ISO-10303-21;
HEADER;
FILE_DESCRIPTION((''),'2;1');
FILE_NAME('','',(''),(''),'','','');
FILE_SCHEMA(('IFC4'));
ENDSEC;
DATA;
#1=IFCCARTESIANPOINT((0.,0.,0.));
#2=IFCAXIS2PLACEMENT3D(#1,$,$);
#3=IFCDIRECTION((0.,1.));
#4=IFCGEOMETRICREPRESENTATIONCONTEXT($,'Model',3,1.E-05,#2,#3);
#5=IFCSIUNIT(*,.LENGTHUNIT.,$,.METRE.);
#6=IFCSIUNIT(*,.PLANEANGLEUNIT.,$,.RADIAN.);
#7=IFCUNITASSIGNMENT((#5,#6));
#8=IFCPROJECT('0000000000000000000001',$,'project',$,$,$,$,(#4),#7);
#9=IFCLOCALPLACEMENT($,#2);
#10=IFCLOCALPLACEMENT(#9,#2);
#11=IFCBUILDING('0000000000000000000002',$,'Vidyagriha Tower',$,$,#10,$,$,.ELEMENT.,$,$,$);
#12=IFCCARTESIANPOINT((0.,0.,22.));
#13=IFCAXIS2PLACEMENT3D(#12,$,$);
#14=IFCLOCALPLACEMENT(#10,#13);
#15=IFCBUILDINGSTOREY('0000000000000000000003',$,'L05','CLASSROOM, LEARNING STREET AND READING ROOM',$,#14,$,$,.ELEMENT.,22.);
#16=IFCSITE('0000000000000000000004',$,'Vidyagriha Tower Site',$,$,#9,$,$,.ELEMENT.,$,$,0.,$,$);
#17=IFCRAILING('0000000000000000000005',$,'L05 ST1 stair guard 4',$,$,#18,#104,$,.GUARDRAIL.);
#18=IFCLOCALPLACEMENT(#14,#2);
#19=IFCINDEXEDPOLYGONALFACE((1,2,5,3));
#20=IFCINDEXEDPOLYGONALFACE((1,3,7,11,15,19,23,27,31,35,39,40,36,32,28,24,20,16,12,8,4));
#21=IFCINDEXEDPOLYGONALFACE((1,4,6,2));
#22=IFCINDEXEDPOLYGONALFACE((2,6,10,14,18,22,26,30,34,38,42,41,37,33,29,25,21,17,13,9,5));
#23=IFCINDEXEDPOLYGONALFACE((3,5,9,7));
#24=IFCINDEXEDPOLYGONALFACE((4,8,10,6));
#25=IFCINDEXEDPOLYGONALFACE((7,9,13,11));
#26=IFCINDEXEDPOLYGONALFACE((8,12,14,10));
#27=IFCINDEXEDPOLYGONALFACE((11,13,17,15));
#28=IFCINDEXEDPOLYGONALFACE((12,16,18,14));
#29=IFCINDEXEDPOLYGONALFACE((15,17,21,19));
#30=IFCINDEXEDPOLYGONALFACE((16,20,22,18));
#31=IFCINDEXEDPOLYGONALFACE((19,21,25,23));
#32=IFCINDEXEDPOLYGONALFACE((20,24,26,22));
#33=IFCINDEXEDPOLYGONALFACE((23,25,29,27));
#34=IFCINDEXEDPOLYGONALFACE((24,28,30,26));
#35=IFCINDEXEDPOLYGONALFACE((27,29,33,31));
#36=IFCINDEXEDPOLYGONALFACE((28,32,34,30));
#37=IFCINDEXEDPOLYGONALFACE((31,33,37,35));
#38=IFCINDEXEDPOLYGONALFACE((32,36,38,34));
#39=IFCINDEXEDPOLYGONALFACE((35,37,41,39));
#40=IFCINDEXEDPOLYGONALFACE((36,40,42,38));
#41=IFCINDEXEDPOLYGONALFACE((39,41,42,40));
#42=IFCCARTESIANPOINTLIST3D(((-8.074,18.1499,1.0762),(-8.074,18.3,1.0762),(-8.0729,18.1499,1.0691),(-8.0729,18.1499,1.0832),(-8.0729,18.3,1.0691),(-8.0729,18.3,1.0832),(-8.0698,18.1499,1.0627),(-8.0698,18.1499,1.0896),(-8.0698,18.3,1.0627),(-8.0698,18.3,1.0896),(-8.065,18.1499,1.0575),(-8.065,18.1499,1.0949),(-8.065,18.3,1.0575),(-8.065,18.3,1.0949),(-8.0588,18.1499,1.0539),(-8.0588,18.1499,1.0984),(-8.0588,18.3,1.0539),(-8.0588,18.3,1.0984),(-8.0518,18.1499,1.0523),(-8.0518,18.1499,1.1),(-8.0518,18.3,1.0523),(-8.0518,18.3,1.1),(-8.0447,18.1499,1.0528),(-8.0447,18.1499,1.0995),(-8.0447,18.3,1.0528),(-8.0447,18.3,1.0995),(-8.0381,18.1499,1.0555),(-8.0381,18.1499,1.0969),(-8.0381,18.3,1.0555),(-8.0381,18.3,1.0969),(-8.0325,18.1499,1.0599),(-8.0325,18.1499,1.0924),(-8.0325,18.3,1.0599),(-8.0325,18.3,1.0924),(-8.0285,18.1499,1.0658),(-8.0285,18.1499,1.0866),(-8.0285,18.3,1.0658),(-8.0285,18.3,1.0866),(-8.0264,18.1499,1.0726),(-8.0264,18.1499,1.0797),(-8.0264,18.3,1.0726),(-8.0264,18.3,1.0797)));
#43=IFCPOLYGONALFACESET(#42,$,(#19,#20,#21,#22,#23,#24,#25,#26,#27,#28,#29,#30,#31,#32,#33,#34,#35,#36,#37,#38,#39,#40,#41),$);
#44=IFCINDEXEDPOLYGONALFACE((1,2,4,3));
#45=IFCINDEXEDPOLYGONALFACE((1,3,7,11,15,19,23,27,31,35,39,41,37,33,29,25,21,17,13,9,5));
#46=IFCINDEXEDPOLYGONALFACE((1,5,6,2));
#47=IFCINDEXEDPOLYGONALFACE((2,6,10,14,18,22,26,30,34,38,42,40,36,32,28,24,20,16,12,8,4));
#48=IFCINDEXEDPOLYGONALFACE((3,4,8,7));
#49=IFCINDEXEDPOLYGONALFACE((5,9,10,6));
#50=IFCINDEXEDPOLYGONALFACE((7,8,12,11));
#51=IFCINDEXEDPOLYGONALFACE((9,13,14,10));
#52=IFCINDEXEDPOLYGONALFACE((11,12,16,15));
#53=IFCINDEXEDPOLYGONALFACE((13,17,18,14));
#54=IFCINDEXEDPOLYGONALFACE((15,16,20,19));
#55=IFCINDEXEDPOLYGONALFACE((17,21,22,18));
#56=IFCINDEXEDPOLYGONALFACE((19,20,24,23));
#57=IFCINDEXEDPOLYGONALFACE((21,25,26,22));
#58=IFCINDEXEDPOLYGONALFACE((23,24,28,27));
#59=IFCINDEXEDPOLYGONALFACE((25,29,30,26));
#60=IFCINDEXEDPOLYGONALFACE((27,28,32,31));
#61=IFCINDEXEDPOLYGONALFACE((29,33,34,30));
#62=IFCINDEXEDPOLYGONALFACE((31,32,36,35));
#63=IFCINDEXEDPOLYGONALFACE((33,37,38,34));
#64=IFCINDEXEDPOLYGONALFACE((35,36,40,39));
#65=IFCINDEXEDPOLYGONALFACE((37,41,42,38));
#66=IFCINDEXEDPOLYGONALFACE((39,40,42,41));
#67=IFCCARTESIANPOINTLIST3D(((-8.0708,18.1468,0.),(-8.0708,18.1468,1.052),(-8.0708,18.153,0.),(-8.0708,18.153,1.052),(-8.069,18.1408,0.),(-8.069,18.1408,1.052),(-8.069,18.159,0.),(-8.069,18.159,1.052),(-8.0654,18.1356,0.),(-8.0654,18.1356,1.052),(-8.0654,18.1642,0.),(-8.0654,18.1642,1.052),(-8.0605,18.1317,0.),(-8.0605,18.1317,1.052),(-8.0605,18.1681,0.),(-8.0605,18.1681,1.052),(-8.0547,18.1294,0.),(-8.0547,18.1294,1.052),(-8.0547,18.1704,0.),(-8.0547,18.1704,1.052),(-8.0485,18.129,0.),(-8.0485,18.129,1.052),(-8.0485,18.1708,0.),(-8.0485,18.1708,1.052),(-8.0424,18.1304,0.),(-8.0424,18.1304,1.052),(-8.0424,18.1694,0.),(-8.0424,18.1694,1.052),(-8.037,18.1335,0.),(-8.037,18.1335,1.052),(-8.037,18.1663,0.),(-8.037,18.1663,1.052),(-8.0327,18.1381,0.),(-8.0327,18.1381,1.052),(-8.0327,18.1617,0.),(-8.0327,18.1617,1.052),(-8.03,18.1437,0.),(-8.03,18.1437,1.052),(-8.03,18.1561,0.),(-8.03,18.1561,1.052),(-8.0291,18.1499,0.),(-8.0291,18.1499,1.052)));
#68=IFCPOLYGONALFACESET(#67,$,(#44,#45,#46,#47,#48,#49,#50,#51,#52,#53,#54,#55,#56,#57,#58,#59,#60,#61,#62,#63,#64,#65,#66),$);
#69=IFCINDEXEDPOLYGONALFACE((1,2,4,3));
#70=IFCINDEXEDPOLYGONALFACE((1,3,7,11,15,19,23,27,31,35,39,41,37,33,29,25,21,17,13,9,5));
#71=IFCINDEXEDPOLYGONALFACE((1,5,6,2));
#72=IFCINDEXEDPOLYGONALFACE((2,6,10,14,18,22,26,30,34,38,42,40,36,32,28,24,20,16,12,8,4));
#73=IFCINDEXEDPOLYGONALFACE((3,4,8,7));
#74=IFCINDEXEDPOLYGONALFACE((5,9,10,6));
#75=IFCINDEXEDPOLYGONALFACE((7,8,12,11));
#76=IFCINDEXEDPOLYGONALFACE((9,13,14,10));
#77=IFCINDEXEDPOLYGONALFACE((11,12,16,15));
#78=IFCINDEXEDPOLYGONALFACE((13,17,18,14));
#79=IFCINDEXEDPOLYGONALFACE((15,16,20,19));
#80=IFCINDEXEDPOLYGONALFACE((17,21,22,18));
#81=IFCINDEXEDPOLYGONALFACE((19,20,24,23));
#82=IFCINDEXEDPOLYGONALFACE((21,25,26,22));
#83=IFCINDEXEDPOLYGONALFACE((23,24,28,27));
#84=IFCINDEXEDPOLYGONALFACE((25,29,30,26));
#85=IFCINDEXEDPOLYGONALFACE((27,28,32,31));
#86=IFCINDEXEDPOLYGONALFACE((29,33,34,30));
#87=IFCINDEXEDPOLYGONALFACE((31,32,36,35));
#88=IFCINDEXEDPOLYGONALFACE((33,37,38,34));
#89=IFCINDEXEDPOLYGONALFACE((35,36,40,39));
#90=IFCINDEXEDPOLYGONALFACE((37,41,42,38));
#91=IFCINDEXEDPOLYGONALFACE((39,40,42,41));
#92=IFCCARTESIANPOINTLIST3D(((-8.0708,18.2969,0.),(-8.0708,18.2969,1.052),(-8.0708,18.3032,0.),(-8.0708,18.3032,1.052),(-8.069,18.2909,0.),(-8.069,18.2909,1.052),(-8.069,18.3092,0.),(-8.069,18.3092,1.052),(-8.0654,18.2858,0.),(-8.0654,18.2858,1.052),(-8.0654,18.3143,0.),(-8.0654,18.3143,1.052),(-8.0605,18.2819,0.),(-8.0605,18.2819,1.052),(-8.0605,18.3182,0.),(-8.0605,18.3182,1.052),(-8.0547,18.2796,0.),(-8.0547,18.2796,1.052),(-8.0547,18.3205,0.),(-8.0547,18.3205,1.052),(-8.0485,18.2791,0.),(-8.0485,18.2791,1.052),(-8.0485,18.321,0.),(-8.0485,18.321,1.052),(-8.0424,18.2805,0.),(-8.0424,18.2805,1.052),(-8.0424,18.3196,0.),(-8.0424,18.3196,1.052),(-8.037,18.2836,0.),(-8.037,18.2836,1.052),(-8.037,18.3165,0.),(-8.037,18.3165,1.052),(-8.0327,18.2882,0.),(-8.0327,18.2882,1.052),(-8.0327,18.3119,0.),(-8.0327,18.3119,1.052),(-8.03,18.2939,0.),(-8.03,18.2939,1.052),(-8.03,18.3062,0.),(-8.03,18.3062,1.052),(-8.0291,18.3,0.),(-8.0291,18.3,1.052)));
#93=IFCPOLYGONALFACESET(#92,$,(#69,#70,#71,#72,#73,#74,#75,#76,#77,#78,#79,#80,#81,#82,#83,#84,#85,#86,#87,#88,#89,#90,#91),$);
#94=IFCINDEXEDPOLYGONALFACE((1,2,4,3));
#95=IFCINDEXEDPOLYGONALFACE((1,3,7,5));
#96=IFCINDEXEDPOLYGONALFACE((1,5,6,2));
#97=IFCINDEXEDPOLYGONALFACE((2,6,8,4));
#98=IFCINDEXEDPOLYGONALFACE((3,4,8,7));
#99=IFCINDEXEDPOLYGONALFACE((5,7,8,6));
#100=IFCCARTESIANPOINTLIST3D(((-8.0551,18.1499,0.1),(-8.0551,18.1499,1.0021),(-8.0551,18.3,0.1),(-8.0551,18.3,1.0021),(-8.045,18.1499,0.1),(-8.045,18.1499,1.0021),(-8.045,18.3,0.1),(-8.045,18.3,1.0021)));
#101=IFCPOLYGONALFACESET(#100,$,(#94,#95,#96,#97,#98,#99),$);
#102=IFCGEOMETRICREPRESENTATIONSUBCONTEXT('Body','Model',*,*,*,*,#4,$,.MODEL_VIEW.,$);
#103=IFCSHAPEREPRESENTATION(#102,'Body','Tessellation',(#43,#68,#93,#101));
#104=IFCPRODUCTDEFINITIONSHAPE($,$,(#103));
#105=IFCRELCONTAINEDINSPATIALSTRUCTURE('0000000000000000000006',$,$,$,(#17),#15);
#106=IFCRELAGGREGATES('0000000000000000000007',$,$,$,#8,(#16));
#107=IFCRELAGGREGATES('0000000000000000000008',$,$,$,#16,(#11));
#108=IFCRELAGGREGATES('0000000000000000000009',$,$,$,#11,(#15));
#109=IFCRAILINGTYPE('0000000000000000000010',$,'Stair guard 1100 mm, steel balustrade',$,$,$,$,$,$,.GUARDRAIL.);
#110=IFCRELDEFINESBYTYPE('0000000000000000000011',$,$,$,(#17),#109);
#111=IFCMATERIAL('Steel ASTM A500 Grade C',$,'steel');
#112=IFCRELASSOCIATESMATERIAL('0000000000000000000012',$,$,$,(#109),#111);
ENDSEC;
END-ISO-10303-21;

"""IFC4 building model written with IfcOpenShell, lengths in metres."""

from ifc_helpers import new_model, si_unit, direction, frame, origin, origin_2d, place, context, subcontext, project, spatial, rectangle, circle, extrude, material, type_object, element, save


model = new_model("IFC4")

# Units and contexts
model_context = context("Model", 3, precision=1e-05, world=origin(), true_north=direction((0.0, 1.0)))
body_context = subcontext(model_context, "Body", "Model", "MODEL_VIEW")
ifc_project = project(units=[si_unit("LENGTHUNIT", "METRE"), si_unit("PLANEANGLEUNIT", "RADIAN")], contexts=[model_context])

# Site, building, storey
site_placement = place(None, origin())
site = spatial("IfcSite", under=ifc_project, at=site_placement, Name="Vidyagriha Tower Site", CompositionType="ELEMENT", RefElevation=0.0)
building_placement = place(site_placement, origin())
building = spatial("IfcBuilding", under=site, at=building_placement, Name="Vidyagriha Tower", CompositionType="ELEMENT")
storey_placement = place(building_placement, frame((0.0, 0.0, 22.0)))
storey = spatial("IfcBuildingStorey", under=building, at=storey_placement, Name="L05", Description="CLASSROOM, LEARNING STREET AND READING ROOM", CompositionType="ELEMENT", Elevation=22.0)

# Railing
ifc_material_1 = material(Name="Steel ASTM A500 Grade C", Category="steel")
railing_type_1 = type_object("IfcRailingType", Name="Stair guard 1100 mm, steel balustrade", PredefinedType="GUARDRAIL", material=ifc_material_1)
railing_1_placement = place(storey_placement, frame((-8.05, 18.1499, 0.0)))
element("IfcRailing", 1, at=railing_1_placement, inside=storey, type_object=railing_type_1, Name="L05 ST1 stair guard 4", PredefinedType="GUARDRAIL", context=body_context, shape_type="SweptSolid", body=[
    extrude(circle(Radius=0.0239, at=origin_2d()), frame((0.0, 0.0, 1.0762), z_axis=(0.0, 1.0, 0.0), x_axis=(-1.0, 0.0, 0.0)), (0.0, 0.0, 1.0), 0.1501),
    extrude(circle(Radius=0.021, at=origin_2d()), origin(), (0.0, 0.0, 1.0), 1.052),
    extrude(circle(Radius=0.021, at=origin_2d()), frame((0.0, 0.1501, 0.0)), (0.0, 0.0, 1.0), 1.052),
    extrude(rectangle(XDim=0.01, YDim=0.9021, at=origin_2d()), frame((0.0, 0.0, 0.551), z_axis=(0.0, 1.0, 0.0), x_axis=(-1.0, 0.0, 0.0)), (0.0, 0.0, 1.0), 0.1501),
])

save(model, "model.ifc")
